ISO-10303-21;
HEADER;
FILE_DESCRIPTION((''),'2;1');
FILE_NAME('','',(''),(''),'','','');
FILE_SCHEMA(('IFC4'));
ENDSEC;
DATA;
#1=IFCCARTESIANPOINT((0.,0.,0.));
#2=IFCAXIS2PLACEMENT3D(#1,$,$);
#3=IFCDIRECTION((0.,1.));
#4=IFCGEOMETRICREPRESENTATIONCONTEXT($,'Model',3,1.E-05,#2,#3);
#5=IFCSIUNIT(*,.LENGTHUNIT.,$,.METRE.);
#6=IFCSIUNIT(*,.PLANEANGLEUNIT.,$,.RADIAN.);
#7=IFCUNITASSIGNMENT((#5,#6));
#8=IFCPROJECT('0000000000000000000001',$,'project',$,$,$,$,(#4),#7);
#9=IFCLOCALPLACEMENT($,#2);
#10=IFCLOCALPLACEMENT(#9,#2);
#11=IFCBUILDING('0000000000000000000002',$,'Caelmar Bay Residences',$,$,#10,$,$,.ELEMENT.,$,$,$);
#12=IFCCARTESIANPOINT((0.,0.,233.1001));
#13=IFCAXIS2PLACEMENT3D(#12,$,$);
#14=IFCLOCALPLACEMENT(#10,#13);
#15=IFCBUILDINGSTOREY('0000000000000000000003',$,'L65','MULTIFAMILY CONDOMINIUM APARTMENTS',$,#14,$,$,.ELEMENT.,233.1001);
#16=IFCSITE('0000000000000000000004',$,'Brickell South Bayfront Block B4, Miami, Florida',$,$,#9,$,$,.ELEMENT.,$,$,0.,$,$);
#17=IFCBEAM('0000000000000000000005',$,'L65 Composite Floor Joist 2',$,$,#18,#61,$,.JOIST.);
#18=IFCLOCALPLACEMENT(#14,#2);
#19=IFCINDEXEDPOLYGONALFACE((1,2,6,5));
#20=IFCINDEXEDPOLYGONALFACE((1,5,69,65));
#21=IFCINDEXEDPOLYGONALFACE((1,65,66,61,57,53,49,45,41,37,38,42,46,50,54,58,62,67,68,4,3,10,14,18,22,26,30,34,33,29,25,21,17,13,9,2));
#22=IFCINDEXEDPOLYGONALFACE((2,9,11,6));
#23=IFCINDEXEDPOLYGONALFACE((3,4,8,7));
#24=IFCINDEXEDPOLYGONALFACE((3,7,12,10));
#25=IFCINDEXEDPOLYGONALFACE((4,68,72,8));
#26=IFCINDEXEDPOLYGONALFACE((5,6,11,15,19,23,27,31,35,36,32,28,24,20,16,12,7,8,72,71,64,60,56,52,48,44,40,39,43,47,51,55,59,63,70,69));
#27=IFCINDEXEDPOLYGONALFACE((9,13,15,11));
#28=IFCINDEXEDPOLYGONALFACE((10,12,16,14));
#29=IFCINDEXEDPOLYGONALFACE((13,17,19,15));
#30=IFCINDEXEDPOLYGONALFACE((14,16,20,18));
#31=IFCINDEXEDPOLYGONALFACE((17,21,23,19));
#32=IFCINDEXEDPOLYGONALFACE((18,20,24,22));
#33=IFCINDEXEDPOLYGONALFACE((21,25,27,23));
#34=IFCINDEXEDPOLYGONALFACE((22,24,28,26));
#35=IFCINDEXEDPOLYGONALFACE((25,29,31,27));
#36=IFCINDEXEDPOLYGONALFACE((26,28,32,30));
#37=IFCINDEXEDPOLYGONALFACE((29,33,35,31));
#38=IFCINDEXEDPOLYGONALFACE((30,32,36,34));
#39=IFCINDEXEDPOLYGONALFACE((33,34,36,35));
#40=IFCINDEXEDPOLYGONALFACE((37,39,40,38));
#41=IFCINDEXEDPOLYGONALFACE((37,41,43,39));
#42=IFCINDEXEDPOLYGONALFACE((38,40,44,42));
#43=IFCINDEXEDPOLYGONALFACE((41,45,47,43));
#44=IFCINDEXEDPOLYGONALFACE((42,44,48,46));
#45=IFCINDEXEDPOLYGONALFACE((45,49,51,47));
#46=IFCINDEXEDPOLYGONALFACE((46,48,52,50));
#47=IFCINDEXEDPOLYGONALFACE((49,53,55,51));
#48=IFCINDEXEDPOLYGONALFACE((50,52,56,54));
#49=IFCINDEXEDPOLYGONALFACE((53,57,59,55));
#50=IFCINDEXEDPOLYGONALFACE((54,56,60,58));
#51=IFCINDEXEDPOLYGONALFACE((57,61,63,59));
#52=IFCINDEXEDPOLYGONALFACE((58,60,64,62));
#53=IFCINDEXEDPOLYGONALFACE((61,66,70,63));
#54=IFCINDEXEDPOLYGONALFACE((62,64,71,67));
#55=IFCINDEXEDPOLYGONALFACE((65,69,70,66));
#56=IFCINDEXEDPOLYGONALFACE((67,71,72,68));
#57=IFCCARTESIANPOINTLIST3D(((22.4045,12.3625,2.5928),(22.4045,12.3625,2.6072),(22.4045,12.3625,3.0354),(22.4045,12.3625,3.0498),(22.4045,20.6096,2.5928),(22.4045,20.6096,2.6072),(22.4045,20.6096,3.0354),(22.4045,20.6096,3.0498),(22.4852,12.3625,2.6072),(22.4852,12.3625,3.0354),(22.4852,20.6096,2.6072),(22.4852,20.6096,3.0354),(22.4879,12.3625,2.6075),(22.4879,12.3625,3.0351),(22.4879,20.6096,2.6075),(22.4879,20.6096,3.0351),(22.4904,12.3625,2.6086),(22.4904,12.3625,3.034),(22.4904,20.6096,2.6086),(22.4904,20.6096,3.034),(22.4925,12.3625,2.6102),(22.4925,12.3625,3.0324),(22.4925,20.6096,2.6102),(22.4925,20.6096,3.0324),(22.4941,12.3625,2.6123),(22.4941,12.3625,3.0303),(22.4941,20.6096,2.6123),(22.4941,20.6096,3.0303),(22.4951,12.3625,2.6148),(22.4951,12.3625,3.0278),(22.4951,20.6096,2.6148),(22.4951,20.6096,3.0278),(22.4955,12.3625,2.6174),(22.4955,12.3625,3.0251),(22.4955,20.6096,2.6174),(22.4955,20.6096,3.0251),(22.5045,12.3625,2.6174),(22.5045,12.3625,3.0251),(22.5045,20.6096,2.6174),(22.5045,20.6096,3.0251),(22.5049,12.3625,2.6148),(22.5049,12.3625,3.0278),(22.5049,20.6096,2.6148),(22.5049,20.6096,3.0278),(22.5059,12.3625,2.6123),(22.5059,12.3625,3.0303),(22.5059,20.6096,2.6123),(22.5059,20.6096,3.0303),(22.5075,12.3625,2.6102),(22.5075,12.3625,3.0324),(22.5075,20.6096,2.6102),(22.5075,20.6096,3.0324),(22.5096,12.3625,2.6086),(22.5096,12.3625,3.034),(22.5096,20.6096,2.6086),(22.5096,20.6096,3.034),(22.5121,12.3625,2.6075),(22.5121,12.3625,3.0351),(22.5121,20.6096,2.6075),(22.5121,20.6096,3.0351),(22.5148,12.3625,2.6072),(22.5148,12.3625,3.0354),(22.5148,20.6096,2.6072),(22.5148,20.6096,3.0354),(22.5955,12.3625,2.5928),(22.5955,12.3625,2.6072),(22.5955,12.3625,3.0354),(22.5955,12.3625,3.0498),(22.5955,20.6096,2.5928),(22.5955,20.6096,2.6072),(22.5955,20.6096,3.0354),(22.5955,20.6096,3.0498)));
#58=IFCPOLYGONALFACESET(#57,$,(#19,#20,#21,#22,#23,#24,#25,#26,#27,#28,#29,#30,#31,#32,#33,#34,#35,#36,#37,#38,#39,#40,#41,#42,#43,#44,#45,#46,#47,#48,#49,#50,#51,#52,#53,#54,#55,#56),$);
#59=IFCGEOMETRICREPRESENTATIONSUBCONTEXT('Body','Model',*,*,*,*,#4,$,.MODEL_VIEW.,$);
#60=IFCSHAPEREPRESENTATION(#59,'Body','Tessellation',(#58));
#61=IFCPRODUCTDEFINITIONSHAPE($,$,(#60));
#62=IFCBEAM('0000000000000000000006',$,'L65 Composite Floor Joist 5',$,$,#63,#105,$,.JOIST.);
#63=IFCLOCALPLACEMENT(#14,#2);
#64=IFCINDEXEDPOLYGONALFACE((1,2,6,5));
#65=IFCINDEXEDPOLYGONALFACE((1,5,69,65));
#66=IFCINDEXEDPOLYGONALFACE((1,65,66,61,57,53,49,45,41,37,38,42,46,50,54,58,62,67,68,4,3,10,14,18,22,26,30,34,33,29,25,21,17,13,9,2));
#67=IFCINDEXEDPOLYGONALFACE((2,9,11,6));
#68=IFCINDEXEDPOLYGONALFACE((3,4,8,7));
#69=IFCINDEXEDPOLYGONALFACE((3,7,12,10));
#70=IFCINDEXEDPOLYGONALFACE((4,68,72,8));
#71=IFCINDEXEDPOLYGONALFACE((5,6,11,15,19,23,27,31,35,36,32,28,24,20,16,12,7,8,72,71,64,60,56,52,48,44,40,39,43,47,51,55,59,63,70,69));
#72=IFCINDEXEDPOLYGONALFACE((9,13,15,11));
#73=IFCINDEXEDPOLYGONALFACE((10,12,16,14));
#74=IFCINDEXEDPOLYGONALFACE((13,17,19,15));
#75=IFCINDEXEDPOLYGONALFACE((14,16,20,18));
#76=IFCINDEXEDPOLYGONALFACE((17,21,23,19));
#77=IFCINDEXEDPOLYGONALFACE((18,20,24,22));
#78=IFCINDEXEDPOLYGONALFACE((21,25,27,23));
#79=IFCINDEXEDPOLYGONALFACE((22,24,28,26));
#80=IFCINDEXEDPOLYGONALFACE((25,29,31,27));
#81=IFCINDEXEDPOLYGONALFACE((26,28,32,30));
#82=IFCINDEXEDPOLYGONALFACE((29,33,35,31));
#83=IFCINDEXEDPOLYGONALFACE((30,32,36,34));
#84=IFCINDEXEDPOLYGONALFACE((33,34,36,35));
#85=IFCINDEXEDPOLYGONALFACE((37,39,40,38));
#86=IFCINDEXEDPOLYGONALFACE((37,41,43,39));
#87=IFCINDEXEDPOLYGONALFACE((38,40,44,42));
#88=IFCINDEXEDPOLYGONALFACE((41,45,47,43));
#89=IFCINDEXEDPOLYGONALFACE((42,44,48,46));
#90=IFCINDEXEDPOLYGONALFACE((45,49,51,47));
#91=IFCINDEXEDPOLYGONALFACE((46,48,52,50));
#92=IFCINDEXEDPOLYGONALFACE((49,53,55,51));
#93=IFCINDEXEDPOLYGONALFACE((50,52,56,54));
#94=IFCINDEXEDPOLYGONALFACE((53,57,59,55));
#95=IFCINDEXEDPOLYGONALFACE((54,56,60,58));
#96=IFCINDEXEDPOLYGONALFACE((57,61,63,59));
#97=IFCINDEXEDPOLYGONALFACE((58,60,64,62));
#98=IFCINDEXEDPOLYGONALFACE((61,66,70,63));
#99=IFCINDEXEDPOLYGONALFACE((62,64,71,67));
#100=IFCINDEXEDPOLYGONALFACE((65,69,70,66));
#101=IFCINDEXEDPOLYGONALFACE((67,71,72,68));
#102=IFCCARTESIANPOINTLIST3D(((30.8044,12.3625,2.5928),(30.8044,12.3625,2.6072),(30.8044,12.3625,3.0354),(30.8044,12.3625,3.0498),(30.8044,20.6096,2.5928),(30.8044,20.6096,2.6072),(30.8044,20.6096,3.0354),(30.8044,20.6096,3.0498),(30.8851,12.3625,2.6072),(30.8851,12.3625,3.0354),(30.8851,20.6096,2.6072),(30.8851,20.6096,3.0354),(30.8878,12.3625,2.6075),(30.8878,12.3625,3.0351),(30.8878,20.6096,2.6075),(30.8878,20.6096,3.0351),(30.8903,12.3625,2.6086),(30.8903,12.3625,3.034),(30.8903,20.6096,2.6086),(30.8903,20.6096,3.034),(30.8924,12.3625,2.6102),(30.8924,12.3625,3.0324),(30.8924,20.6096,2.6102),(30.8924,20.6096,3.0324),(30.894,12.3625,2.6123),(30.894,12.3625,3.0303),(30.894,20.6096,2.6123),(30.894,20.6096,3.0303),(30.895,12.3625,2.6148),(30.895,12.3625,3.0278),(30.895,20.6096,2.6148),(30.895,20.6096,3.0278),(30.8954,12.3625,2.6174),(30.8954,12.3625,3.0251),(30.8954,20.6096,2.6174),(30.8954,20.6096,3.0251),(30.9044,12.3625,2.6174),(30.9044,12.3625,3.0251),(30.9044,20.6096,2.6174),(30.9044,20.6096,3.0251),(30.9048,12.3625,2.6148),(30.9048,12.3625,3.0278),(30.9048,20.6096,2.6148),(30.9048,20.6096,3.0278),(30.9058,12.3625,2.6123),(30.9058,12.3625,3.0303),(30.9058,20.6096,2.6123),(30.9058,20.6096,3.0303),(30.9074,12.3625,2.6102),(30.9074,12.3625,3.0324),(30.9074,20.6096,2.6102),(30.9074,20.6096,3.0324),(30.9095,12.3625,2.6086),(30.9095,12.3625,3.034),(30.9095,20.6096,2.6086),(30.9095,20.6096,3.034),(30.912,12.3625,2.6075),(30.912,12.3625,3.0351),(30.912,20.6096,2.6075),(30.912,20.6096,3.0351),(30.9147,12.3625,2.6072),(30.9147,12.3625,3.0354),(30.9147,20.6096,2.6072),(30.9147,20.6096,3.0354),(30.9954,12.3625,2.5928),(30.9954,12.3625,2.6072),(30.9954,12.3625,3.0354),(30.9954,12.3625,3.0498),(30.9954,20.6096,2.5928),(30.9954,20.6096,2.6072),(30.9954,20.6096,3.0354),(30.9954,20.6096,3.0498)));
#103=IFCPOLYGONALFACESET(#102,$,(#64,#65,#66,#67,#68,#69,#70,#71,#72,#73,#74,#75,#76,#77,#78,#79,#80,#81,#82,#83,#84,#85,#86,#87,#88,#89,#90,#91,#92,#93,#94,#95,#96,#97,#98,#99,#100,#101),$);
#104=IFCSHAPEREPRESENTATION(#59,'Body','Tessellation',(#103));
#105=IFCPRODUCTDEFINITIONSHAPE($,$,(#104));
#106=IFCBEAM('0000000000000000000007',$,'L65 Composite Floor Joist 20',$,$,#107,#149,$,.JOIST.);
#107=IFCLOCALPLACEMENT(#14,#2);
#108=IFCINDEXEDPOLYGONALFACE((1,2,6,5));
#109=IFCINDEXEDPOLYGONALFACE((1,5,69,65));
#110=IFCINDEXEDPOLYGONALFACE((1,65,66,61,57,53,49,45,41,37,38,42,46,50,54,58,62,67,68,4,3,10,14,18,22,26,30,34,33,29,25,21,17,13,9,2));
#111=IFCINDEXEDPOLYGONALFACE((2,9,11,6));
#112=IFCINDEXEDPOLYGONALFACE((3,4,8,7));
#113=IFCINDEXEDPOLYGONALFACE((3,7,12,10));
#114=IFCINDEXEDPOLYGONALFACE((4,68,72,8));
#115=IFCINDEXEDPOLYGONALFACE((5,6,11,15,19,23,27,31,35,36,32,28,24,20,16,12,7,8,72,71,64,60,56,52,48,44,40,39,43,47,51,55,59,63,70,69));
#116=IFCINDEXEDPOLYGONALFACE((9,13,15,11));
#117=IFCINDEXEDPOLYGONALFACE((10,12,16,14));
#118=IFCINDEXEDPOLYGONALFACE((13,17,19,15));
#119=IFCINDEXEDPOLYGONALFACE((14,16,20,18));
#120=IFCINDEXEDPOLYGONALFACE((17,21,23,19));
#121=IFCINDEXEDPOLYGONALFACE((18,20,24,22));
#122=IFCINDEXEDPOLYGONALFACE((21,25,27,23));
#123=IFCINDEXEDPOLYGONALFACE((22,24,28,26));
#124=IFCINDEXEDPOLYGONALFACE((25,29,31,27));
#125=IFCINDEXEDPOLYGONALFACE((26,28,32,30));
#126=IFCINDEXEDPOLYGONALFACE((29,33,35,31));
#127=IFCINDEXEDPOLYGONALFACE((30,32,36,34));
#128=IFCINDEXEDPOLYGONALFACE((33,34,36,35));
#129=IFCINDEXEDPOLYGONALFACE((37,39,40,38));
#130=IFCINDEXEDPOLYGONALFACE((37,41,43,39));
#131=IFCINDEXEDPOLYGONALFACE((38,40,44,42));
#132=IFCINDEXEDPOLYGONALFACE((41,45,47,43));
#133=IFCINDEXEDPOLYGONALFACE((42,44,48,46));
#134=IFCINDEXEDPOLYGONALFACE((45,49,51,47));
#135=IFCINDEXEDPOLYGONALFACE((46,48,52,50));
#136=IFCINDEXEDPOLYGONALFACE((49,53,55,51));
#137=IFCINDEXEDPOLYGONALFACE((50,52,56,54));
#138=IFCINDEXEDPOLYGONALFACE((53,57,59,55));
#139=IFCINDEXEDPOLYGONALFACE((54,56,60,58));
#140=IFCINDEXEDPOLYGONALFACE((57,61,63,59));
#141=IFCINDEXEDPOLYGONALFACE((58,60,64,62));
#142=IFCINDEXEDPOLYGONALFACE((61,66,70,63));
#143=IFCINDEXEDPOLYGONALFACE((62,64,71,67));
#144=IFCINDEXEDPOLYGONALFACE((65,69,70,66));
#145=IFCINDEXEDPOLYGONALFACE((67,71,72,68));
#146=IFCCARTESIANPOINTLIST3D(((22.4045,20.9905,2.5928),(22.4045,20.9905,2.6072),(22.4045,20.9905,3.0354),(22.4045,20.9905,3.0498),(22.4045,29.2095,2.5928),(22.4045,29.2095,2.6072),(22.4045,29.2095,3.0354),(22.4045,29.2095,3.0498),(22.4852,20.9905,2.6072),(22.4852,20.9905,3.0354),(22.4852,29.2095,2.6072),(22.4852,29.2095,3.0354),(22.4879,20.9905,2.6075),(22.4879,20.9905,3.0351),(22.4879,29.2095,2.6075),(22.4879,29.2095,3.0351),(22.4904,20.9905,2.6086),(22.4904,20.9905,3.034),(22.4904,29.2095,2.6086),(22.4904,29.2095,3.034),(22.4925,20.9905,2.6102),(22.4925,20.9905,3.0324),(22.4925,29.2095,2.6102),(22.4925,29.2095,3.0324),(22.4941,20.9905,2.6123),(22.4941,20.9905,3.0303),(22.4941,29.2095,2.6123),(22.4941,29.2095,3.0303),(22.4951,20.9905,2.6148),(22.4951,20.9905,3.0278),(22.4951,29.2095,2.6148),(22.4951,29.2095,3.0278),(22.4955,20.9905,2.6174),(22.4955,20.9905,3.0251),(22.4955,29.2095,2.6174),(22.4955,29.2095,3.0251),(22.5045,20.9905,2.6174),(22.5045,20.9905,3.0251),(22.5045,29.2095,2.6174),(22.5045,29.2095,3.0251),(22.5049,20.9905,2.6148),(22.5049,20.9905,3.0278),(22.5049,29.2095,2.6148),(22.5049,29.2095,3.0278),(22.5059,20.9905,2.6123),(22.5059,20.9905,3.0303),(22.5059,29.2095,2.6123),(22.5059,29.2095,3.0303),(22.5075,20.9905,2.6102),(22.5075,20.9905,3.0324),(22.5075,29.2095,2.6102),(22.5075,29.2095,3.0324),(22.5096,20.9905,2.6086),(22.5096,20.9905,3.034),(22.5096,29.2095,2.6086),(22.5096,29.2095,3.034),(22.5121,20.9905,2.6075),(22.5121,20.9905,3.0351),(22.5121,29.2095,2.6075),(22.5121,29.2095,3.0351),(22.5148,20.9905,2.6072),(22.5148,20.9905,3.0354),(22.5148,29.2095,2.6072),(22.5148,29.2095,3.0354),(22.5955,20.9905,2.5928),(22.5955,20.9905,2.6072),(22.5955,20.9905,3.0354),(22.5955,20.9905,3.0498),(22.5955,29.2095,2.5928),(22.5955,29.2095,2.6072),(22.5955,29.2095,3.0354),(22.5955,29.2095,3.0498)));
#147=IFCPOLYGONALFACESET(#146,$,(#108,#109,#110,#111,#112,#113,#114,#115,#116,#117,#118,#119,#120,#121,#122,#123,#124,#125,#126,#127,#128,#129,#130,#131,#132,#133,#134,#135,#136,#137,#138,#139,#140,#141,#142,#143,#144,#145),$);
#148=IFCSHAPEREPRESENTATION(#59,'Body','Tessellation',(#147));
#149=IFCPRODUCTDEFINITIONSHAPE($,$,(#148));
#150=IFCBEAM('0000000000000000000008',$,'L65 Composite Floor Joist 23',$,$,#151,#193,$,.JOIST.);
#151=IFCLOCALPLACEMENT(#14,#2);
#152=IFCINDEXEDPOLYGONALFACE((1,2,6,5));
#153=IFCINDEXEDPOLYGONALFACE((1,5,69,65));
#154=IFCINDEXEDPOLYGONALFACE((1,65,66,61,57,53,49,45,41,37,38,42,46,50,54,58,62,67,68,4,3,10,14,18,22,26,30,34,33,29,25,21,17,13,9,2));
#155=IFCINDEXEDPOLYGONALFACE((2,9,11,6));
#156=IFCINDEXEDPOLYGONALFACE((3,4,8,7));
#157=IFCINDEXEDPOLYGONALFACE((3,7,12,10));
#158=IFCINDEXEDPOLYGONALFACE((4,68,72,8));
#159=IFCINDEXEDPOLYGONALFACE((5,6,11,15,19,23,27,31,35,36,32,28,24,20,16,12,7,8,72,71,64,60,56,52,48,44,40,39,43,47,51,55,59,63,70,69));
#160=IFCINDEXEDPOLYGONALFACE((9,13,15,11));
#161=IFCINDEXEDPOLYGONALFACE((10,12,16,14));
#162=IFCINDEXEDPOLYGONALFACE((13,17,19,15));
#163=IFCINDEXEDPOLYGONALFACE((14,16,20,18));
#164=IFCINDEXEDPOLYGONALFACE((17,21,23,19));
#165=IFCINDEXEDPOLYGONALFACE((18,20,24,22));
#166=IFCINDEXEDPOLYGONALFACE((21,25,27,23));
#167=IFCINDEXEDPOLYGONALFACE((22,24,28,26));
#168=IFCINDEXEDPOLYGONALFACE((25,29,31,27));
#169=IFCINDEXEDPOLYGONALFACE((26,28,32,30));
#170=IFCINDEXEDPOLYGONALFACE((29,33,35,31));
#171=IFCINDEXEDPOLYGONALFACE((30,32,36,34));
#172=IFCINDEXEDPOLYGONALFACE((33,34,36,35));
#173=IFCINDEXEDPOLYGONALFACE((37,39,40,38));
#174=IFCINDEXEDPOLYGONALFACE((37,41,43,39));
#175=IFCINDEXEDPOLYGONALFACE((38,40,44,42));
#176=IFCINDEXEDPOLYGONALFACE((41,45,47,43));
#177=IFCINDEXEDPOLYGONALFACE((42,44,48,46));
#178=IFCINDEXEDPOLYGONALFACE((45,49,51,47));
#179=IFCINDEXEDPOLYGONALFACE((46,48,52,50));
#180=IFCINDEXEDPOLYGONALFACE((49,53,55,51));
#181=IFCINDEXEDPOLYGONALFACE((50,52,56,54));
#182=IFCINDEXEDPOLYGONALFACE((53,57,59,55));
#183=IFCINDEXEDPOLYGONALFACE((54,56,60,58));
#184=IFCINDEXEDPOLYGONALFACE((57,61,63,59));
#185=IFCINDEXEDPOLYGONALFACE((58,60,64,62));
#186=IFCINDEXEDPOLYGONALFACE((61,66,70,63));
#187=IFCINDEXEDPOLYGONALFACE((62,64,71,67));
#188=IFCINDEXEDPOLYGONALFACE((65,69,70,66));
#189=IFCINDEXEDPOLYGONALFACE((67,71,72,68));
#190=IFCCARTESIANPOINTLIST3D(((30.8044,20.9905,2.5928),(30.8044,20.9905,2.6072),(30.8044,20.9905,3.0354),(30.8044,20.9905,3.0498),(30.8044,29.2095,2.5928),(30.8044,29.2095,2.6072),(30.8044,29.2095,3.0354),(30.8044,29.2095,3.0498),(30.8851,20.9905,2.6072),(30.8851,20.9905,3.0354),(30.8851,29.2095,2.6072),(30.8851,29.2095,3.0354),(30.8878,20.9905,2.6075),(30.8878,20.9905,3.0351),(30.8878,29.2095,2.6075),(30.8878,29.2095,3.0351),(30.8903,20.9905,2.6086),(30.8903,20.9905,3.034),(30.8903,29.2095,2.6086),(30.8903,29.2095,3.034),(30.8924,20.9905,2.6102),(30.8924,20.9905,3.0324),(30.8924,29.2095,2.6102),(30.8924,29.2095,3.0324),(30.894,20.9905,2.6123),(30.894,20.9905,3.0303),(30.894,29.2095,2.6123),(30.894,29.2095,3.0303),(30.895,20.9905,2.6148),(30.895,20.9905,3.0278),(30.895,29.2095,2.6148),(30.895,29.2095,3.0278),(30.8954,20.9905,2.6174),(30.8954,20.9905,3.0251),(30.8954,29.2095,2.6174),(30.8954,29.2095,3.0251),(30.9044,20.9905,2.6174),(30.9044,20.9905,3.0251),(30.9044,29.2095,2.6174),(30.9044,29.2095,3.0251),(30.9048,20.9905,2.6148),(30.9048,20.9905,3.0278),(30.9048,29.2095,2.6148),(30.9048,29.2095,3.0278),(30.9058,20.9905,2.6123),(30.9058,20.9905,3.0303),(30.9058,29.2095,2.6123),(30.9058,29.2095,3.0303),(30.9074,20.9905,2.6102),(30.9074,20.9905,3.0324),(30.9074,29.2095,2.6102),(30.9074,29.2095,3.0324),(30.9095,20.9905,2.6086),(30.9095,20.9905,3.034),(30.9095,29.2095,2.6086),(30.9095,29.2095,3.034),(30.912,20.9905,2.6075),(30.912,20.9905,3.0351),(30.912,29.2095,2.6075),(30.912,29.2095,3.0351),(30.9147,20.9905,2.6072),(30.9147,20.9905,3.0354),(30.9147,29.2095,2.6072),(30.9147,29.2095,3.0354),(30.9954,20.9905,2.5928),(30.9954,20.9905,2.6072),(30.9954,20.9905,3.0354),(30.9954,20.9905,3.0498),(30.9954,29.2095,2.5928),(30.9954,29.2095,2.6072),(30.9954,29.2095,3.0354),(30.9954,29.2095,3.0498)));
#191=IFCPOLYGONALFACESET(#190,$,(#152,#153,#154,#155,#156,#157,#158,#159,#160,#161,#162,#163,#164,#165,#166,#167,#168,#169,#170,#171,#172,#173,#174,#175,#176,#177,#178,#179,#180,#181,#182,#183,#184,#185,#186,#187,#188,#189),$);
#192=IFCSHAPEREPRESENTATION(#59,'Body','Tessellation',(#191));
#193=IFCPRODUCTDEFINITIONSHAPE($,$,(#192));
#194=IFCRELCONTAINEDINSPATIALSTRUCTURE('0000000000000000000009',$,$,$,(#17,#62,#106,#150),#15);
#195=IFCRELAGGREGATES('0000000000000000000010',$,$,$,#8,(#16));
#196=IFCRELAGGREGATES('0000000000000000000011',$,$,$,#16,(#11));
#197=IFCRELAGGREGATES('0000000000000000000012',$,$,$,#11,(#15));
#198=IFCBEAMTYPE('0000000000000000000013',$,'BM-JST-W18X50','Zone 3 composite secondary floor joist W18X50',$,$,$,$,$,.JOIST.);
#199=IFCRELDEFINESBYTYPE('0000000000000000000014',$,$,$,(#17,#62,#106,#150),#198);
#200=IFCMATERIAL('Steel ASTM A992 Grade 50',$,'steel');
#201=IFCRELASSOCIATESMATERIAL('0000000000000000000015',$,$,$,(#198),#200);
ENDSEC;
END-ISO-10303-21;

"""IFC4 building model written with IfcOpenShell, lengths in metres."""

from ifc_helpers import new_model, si_unit, direction, frame, origin, origin_2d, place, context, subcontext, project, spatial, i_section, extrude, material, material_profile, profile_set, type_object, element, save


model = new_model("IFC4")

# Units and contexts
model_context = context("Model", 3, precision=1e-05, world=origin(), true_north=direction((0.0, 1.0)))
body_context = subcontext(model_context, "Body", "Model", "MODEL_VIEW")
ifc_project = project(units=[si_unit("LENGTHUNIT", "METRE"), si_unit("PLANEANGLEUNIT", "RADIAN")], contexts=[model_context])

# Site, building, storey
site_placement = place(None, origin())
site = spatial("IfcSite", under=ifc_project, at=site_placement, Name="Brickell South Bayfront Block B4, Miami, Florida", CompositionType="ELEMENT", RefElevation=0.0)
building_placement = place(site_placement, origin())
building = spatial("IfcBuilding", under=site, at=building_placement, Name="Caelmar Bay Residences", CompositionType="ELEMENT")
storey_placement = place(building_placement, frame((0.0, 0.0, 233.1001)))
storey = spatial("IfcBuildingStorey", under=building, at=storey_placement, Name="L65", Description="MULTIFAMILY CONDOMINIUM APARTMENTS", CompositionType="ELEMENT", Elevation=233.1001)

# Beams
ifc_material_1 = material(Name="Steel ASTM A992 Grade 50", Category="steel")
ifc_material_profile_1 = material_profile(ifc_material_1, i_section(OverallWidth=0.1909, OverallDepth=0.457, WebThickness=0.009, FlangeThickness=0.0144, FilletRadius=0.0103, at=origin_2d()), Name="W18X50")
ifc_profile_set_1 = profile_set([ifc_material_profile_1], Name="Steel ASTM A992 Grade 50")
beam_type_1 = type_object("IfcBeamType", Name="BM-JST-W18X50", Description="Zone 3 composite secondary floor joist W18X50", PredefinedType="JOIST", material=ifc_profile_set_1)
for number, where, z_axis, x_axis, name in (
    (1, (22.5, 12.3625, 2.8213), (0.0, 1.0, 0.0), (-1.0, 0.0, 0.0), "L65 Composite Floor Joist 2"),
    (2, (30.8999, 12.3625, 2.8213), (0.0, 1.0, 0.0), (-1.0, 0.0, 0.0), "L65 Composite Floor Joist 5"),
):
    element("IfcBeam", number, at=place(storey_placement, frame(where, z_axis=z_axis, x_axis=x_axis)), inside=storey, type_object=beam_type_1, Name=name, PredefinedType="JOIST", context=body_context, shape_type="SweptSolid", body=[
        extrude(i_section(OverallWidth=0.1909, OverallDepth=0.457, WebThickness=0.009, FlangeThickness=0.0144, FilletRadius=0.0103, at=origin_2d()), origin(), (0.0, 0.0, 1.0), 8.2471),
    ])
for number, where, z_axis, x_axis, name in (
    (3, (22.5, 20.9905, 2.8213), (0.0, 1.0, 0.0), (-1.0, 0.0, 0.0), "L65 Composite Floor Joist 20"),
    (4, (30.8999, 20.9905, 2.8213), (0.0, 1.0, 0.0), (-1.0, 0.0, 0.0), "L65 Composite Floor Joist 23"),
):
    element("IfcBeam", number, at=place(storey_placement, frame(where, z_axis=z_axis, x_axis=x_axis)), inside=storey, type_object=beam_type_1, Name=name, PredefinedType="JOIST", context=body_context, shape_type="SweptSolid", body=[
        extrude(i_section(OverallWidth=0.1909, OverallDepth=0.457, WebThickness=0.009, FlangeThickness=0.0144, FilletRadius=0.0103, at=origin_2d()), origin(), (0.0, 0.0, 1.0), 8.219),
    ])

save(model, "model.ifc")
